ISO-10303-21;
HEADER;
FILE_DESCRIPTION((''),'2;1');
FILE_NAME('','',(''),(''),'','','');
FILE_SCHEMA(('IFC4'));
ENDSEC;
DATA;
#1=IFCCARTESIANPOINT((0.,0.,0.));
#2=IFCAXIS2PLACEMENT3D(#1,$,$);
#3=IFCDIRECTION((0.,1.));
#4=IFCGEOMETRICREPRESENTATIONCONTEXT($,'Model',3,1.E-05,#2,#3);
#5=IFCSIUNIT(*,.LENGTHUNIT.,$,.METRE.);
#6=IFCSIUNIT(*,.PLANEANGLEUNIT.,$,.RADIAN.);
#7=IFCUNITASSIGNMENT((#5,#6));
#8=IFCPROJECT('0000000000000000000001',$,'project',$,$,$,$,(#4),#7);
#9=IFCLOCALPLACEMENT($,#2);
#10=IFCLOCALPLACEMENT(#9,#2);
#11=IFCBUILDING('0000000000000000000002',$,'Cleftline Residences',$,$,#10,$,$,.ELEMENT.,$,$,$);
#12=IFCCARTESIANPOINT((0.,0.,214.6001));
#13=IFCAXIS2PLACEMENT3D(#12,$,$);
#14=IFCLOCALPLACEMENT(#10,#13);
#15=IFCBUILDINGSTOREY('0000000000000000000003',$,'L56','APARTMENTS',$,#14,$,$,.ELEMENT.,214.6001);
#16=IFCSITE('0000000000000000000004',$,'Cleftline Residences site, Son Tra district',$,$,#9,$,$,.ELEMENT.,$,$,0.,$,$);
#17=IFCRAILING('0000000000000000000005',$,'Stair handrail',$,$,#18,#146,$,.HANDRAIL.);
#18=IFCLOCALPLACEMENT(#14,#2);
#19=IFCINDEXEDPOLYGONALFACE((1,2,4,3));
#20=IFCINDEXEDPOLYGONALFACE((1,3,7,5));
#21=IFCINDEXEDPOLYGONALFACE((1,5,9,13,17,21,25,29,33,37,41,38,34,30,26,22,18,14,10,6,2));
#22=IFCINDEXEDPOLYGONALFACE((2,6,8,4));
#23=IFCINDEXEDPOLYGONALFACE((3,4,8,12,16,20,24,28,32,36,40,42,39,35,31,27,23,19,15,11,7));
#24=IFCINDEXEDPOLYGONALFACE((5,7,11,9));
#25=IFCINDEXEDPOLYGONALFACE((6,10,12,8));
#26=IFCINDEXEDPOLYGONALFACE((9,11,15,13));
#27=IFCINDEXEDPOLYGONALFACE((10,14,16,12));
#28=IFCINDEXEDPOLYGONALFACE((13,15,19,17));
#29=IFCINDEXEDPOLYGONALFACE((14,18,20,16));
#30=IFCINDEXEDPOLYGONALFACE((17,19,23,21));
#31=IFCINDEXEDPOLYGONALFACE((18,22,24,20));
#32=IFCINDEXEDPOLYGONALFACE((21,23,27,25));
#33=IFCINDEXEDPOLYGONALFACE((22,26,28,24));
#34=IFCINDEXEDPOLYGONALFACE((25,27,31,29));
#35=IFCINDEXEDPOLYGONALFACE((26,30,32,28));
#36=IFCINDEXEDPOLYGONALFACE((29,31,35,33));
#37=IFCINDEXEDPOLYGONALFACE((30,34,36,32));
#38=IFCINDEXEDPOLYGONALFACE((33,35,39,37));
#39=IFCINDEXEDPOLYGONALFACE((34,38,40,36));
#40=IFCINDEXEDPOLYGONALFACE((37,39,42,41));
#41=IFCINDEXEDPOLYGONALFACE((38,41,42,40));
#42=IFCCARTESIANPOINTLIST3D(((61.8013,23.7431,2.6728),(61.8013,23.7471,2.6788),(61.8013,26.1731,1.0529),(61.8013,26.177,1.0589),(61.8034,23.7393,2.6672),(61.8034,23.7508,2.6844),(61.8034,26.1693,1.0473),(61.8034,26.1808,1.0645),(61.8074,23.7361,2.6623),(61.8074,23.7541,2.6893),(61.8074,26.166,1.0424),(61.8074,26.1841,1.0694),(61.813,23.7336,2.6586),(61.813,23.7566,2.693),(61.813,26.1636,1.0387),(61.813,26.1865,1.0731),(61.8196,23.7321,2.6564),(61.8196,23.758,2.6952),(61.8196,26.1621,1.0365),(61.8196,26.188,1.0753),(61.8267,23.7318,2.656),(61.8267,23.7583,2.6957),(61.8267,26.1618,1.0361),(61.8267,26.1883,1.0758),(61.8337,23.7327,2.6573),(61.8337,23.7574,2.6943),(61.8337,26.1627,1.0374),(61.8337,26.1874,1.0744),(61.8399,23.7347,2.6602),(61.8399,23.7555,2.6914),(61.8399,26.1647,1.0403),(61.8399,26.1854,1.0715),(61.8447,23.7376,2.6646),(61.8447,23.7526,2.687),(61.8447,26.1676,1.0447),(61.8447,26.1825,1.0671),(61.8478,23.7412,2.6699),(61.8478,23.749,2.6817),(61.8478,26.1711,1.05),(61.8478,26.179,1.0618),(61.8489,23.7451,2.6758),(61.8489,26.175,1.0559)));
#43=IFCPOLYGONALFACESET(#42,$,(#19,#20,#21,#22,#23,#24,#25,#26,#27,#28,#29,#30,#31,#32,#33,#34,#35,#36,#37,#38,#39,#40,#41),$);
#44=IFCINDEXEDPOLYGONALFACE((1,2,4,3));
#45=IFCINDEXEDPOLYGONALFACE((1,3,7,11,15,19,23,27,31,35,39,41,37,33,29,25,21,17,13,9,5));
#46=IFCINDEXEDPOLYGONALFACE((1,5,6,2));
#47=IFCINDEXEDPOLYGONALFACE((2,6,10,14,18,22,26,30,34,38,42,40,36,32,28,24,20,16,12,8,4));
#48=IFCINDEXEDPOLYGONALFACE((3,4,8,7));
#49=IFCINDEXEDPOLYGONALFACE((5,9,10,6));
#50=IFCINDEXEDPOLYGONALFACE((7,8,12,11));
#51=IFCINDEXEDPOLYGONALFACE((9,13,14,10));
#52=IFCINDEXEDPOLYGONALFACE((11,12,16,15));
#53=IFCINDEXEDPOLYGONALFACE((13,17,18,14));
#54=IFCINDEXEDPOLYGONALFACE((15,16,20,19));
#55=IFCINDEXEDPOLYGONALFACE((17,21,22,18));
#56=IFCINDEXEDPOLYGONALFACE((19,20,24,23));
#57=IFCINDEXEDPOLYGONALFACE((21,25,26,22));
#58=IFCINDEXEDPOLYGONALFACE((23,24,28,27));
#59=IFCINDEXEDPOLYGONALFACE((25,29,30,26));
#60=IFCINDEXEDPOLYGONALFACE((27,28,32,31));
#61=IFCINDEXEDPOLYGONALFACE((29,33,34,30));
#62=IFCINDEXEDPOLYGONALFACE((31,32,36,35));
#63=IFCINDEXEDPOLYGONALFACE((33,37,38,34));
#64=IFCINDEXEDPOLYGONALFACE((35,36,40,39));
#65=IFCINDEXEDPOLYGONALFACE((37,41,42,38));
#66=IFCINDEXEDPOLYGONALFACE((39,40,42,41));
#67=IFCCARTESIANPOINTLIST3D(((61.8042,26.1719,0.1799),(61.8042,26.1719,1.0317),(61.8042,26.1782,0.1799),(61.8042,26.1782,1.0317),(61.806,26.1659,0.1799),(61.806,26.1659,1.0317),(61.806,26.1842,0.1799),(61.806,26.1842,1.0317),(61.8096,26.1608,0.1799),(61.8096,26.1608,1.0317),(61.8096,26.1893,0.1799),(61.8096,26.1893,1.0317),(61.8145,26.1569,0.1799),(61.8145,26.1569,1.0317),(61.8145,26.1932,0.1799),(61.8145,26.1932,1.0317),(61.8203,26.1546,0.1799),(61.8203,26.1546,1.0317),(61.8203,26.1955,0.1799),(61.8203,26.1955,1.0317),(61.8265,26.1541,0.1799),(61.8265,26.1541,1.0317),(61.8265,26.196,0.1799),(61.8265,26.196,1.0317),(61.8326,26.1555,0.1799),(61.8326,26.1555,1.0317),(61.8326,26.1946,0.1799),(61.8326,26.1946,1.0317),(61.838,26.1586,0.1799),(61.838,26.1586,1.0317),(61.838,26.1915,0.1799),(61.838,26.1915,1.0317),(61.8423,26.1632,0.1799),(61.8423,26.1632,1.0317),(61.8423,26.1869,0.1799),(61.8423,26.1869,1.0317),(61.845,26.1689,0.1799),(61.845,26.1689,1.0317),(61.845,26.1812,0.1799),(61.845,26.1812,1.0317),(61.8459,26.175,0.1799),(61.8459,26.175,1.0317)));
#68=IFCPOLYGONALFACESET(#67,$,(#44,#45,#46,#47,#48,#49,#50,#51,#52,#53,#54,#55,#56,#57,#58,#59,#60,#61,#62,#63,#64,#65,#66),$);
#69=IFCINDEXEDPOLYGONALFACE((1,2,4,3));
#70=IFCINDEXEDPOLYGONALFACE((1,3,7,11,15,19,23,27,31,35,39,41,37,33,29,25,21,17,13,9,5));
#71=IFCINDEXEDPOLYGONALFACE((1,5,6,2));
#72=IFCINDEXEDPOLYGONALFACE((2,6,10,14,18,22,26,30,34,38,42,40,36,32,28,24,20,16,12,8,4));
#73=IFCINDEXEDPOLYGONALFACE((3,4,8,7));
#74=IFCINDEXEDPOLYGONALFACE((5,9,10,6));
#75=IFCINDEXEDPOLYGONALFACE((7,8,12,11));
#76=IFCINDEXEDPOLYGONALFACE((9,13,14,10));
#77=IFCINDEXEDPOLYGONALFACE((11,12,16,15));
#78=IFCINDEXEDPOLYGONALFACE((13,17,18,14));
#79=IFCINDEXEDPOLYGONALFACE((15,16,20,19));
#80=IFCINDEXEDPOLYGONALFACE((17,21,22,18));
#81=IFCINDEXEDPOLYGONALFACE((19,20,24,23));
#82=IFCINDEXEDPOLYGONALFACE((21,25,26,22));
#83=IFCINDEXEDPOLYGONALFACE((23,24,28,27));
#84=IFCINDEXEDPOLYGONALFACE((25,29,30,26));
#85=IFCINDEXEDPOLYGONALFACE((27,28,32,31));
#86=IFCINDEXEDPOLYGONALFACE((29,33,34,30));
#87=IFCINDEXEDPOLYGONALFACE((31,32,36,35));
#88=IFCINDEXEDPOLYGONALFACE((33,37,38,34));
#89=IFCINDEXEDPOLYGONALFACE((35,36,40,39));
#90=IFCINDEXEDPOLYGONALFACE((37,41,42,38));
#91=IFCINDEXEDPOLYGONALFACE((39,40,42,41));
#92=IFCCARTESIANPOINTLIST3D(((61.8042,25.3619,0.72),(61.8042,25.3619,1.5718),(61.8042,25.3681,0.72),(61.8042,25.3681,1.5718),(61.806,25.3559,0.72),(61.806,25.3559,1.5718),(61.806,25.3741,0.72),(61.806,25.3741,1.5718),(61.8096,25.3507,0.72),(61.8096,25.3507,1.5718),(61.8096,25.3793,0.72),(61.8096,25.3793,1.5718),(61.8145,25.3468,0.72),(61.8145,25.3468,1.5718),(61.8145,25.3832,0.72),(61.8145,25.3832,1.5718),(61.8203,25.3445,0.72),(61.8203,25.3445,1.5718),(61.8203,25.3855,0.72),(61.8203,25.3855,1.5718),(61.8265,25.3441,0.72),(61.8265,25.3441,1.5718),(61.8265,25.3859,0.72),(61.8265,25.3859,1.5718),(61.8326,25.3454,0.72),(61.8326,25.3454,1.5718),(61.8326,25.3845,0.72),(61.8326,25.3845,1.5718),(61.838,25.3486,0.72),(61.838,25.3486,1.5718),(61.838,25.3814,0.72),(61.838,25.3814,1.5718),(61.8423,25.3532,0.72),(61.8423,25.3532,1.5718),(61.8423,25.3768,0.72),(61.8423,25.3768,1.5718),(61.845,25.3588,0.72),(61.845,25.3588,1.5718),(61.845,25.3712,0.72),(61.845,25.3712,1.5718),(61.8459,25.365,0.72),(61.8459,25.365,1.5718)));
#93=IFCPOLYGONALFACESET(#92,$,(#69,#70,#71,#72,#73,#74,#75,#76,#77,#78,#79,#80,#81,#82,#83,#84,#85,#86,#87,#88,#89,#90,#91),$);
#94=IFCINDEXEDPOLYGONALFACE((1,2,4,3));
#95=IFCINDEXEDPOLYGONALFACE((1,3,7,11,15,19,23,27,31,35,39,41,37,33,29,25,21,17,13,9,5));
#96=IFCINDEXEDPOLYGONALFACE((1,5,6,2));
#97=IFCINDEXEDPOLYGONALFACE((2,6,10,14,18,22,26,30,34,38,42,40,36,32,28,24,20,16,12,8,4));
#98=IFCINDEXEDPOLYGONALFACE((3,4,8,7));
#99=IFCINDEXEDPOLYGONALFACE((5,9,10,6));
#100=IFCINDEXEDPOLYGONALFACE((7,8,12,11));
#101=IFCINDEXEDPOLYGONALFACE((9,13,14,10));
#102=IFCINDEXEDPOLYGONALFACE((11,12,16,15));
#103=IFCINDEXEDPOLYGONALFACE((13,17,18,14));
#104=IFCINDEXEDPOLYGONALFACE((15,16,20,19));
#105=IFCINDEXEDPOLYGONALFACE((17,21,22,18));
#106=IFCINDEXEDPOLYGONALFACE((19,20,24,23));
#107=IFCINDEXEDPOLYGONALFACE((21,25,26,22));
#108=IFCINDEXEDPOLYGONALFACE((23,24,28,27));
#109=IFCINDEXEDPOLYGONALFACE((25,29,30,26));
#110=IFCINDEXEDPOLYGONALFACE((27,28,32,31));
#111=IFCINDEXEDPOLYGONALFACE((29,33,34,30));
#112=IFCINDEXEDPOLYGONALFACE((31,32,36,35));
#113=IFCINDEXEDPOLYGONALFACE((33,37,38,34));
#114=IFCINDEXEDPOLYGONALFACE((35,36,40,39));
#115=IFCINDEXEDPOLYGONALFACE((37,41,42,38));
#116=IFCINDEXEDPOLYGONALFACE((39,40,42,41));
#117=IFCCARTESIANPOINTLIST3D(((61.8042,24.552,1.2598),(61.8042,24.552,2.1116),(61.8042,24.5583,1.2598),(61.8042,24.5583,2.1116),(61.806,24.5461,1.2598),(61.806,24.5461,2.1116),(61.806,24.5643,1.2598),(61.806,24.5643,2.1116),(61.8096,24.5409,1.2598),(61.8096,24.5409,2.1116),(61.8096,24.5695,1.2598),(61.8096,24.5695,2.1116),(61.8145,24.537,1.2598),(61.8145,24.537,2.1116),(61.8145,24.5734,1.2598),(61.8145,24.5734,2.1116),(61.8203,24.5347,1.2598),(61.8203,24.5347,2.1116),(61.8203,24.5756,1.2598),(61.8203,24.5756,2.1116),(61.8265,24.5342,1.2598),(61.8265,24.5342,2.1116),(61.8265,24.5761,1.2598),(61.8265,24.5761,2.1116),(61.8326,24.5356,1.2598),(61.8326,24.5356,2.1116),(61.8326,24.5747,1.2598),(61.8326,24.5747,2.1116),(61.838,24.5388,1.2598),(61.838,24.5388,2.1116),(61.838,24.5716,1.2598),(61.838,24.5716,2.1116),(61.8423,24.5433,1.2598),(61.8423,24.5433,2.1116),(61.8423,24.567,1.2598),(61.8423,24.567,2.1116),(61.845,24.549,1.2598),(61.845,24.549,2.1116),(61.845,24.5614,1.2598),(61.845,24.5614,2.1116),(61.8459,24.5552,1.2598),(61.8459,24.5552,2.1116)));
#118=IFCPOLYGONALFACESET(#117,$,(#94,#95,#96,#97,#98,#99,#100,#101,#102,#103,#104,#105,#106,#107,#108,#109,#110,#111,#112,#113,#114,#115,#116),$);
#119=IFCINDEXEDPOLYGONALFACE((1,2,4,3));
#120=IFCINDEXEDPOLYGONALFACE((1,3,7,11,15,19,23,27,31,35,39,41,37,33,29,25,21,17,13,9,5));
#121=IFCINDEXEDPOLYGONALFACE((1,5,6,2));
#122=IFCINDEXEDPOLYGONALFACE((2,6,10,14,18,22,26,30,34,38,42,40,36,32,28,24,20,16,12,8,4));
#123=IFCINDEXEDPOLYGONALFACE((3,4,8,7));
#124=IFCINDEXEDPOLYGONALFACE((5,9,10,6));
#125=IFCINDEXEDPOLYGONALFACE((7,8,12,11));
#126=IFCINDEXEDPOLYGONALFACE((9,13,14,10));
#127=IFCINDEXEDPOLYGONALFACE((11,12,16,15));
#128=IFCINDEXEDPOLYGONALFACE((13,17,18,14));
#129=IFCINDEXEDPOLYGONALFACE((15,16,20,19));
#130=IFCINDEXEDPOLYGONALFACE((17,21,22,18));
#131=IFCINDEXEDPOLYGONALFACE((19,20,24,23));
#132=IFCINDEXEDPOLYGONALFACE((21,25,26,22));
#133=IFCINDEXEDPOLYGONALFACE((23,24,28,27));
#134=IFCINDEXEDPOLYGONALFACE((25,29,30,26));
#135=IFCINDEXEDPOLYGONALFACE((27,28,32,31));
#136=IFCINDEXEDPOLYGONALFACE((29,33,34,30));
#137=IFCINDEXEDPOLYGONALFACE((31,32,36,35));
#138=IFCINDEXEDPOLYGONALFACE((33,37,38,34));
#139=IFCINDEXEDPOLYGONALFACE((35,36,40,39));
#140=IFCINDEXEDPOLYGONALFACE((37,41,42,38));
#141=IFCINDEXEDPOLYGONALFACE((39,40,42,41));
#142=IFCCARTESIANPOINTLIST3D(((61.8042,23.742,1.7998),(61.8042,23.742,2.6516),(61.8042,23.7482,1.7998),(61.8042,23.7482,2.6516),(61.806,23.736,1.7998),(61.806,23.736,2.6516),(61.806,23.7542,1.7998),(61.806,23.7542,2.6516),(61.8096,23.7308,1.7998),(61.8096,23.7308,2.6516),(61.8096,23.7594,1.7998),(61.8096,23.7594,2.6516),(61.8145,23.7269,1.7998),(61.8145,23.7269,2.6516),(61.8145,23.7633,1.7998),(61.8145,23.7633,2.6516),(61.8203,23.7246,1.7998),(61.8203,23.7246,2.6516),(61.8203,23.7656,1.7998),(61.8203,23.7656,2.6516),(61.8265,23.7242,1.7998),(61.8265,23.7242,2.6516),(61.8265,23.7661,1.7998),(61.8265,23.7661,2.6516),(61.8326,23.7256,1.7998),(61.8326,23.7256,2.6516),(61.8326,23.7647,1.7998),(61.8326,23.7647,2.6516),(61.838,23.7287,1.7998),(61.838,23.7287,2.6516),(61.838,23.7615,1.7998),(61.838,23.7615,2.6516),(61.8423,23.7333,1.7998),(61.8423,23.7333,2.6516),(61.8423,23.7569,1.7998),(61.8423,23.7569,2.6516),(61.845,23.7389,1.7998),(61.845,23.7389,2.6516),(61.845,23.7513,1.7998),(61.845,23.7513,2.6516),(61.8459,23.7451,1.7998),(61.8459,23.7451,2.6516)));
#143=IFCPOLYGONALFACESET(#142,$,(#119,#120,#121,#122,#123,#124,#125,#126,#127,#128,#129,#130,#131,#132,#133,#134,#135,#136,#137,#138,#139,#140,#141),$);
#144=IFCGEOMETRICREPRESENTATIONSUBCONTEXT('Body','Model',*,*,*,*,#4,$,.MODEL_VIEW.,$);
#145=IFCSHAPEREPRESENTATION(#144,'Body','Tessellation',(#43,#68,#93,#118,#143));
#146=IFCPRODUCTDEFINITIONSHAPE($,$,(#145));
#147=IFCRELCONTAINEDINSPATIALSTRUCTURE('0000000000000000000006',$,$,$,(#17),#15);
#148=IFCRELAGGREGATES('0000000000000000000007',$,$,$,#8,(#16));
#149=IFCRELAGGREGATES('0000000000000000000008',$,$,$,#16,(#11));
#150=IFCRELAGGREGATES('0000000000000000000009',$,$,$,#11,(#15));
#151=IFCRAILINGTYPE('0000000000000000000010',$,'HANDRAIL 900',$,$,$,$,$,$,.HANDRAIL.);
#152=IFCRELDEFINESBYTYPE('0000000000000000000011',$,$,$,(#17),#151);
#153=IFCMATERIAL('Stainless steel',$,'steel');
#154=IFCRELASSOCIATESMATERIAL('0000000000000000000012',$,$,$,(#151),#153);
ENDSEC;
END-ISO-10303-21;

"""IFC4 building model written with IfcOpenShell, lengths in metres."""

from ifc_helpers import new_model, si_unit, direction, frame, origin, origin_2d, place, context, subcontext, project, spatial, circle, extrude, material, type_object, element, save


model = new_model("IFC4")

# Units and contexts
model_context = context("Model", 3, precision=1e-05, world=origin(), true_north=direction((0.0, 1.0)))
body_context = subcontext(model_context, "Body", "Model", "MODEL_VIEW")
ifc_project = project(units=[si_unit("LENGTHUNIT", "METRE"), si_unit("PLANEANGLEUNIT", "RADIAN")], contexts=[model_context])

# Site, building, storey
site_placement = place(None, origin())
site = spatial("IfcSite", under=ifc_project, at=site_placement, Name="Cleftline Residences site, Son Tra district", CompositionType="ELEMENT", RefElevation=0.0)
building_placement = place(site_placement, origin())
building = spatial("IfcBuilding", under=site, at=building_placement, Name="Cleftline Residences", CompositionType="ELEMENT")
storey_placement = place(building_placement, frame((0.0, 0.0, 214.6001)))
storey = spatial("IfcBuildingStorey", under=building, at=storey_placement, Name="L56", Description="APARTMENTS", CompositionType="ELEMENT", Elevation=214.6001)

# Railing
ifc_material_1 = material(Name="Stainless steel", Category="steel")
railing_type = type_object("IfcRailingType", Name="HANDRAIL 900", PredefinedType="HANDRAIL", material=ifc_material_1)
railing_placement = place(storey_placement, frame((61.825, 26.175, 0.1799)))
element("IfcRailing", 1, at=railing_placement, inside=storey, type_object=railing_type, Name="Stair handrail", PredefinedType="HANDRAIL", context=body_context, shape_type="SweptSolid", body=[
    extrude(circle(Radius=0.0239, at=origin_2d()), frame((0.0, 0.0, 0.876), z_axis=(0.0, -0.832063, 0.554681), x_axis=(1.0, 0.0, 0.0)), (0.0, 0.0, 1.0), 2.9204),
    extrude(circle(Radius=0.021, at=origin_2d()), origin(), (0.0, 0.0, 1.0), 0.8518),
    extrude(circle(Radius=0.021, at=origin_2d()), frame((0.0, -0.8101, 0.54)), (0.0, 0.0, 1.0), 0.8518),
    extrude(circle(Radius=0.021, at=origin_2d()), frame((0.0, -1.6199, 1.0798)), (0.0, 0.0, 1.0), 0.8518),
    extrude(circle(Radius=0.021, at=origin_2d()), frame((0.0, -2.4299, 1.6199)), (0.0, 0.0, 1.0), 0.8518),
])

save(model, "model.ifc")
